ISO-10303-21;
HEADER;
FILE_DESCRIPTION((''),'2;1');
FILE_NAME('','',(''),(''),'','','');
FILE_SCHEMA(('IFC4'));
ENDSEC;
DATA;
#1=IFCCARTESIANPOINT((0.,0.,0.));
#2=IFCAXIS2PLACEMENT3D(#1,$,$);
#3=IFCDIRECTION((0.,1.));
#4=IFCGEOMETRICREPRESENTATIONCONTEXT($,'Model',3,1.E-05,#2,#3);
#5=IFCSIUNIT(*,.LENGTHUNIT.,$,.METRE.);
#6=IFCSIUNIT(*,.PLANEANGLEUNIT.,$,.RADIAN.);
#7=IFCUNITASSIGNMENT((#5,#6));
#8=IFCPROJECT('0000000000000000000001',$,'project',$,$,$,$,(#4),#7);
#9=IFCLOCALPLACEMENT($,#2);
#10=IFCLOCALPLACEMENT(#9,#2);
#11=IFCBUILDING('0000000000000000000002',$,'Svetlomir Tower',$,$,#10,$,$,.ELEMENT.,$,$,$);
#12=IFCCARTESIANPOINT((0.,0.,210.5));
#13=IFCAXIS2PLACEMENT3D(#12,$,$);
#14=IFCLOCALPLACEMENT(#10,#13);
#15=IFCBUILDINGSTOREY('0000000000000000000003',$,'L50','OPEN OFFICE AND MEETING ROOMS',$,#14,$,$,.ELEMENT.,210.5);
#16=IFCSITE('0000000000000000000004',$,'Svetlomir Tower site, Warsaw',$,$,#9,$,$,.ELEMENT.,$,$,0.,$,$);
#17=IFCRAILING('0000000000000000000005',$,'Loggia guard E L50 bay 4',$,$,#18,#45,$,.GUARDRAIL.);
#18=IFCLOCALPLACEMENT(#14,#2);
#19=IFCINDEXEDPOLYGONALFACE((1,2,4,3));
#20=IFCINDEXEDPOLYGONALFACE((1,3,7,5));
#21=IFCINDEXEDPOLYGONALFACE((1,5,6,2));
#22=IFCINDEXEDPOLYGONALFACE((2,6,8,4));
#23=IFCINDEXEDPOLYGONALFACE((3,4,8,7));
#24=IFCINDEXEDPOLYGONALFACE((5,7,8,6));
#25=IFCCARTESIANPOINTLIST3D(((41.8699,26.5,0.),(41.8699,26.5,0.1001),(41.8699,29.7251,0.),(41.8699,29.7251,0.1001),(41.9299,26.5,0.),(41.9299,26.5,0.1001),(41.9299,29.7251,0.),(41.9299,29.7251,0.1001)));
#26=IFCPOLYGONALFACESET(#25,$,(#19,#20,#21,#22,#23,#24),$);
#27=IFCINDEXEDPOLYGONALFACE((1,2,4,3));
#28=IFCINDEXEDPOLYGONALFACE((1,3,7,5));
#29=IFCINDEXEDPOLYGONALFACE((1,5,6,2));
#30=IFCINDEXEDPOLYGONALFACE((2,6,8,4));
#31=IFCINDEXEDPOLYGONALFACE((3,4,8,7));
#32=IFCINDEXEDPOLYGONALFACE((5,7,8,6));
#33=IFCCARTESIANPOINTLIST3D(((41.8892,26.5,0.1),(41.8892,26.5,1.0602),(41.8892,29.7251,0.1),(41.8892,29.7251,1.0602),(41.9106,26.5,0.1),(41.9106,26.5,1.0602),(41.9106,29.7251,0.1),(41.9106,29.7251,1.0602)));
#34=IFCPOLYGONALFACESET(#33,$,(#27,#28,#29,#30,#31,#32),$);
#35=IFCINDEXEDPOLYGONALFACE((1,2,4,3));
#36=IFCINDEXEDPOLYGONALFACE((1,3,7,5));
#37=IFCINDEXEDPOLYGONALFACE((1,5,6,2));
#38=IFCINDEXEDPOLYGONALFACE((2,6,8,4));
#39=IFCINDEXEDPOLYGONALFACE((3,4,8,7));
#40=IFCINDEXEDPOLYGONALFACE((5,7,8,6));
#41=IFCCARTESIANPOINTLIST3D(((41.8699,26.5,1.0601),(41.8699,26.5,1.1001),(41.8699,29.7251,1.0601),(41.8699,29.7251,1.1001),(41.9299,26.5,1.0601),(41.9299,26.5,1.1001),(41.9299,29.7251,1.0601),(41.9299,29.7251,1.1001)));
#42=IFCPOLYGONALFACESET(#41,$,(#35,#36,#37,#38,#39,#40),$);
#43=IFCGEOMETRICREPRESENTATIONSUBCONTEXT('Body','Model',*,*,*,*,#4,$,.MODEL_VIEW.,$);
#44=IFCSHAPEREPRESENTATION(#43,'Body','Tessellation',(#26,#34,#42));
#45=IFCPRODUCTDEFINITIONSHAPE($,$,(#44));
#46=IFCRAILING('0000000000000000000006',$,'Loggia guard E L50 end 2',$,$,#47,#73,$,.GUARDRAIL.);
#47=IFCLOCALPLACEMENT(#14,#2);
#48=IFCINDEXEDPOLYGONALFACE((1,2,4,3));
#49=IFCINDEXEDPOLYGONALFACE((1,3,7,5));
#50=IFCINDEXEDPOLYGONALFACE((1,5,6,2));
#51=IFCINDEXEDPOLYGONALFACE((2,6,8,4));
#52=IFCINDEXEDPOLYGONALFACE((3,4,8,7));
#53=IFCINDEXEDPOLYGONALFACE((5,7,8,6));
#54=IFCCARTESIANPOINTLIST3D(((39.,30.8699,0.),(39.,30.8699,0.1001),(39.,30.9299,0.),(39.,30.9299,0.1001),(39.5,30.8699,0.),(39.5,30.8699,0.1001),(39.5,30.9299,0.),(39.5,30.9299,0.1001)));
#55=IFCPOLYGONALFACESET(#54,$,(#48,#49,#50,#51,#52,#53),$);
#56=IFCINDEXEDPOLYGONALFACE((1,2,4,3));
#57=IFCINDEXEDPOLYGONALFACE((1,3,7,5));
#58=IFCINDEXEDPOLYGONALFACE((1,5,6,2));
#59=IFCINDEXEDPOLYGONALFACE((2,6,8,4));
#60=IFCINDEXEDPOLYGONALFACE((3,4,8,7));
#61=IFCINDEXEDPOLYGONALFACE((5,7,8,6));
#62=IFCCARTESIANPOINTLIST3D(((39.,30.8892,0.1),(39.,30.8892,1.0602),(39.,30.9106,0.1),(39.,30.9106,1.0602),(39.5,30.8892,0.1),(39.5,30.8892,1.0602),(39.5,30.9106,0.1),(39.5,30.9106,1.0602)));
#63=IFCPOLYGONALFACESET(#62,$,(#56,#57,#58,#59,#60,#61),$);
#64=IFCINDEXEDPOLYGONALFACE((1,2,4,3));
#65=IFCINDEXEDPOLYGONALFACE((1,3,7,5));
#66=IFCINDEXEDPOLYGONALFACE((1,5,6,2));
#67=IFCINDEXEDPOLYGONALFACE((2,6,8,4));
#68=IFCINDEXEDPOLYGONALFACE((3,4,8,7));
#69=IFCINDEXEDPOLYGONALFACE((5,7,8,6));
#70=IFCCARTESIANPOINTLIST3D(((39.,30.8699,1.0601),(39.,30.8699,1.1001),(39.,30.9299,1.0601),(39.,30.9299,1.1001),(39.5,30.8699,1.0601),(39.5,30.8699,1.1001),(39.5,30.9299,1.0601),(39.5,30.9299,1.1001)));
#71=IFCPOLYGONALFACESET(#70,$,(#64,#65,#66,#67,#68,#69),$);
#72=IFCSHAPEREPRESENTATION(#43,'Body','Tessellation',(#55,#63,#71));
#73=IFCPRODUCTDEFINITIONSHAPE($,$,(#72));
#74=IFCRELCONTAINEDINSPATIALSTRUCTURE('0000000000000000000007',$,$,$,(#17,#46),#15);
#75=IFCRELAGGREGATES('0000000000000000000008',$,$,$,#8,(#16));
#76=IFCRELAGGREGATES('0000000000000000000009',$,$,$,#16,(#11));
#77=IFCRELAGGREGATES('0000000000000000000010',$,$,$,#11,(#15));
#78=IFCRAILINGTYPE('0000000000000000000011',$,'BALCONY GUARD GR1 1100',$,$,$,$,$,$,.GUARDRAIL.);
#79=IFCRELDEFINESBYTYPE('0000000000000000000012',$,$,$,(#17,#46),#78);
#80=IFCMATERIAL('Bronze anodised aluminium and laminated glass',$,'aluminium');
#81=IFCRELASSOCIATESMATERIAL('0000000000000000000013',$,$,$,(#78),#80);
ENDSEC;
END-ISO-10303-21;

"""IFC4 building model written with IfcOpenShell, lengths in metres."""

from ifc_helpers import new_model, si_unit, direction, frame, origin, origin_2d, place, context, subcontext, project, spatial, rectangle, extrude, material, type_object, element, save


model = new_model("IFC4")

# Units and contexts
model_context = context("Model", 3, precision=1e-05, world=origin(), true_north=direction((0.0, 1.0)))
body_context = subcontext(model_context, "Body", "Model", "MODEL_VIEW")
ifc_project = project(units=[si_unit("LENGTHUNIT", "METRE"), si_unit("PLANEANGLEUNIT", "RADIAN")], contexts=[model_context])

# Site, building, storey
site_placement = place(None, origin())
site = spatial("IfcSite", under=ifc_project, at=site_placement, Name="Svetlomir Tower site, Warsaw", CompositionType="ELEMENT", RefElevation=0.0)
building_placement = place(site_placement, origin())
building = spatial("IfcBuilding", under=site, at=building_placement, Name="Svetlomir Tower", CompositionType="ELEMENT")
storey_placement = place(building_placement, frame((0.0, 0.0, 210.5)))
storey = spatial("IfcBuildingStorey", under=building, at=storey_placement, Name="L50", Description="OPEN OFFICE AND MEETING ROOMS", CompositionType="ELEMENT", Elevation=210.5)

# Railings
ifc_material_1 = material(Name="Bronze anodised aluminium and laminated glass", Category="aluminium")
railing_type = type_object("IfcRailingType", Name="BALCONY GUARD GR1 1100", PredefinedType="GUARDRAIL", material=ifc_material_1)
for number, where, name in (
    (1, (41.8999, 26.5, 0.0), "Loggia guard E L50 bay 4"),
):
    element("IfcRailing", number, at=place(storey_placement, frame(where)), inside=storey, type_object=railing_type, Name=name, PredefinedType="GUARDRAIL", context=body_context, shape_type="SweptSolid", body=[
        extrude(rectangle(XDim=0.0601, YDim=0.1001, at=origin_2d()), frame((0.0, 0.0, 0.05), z_axis=(0.0, 1.0, 0.0), x_axis=(-1.0, 0.0, 0.0)), (0.0, 0.0, 1.0), 3.2251),
        extrude(rectangle(XDim=0.0215, YDim=0.9602, at=origin_2d()), frame((0.0, 0.0, 0.5801), z_axis=(0.0, 1.0, 0.0), x_axis=(-1.0, 0.0, 0.0)), (0.0, 0.0, 1.0), 3.2251),
        extrude(rectangle(XDim=0.0601, YDim=0.04, at=origin_2d()), frame((0.0, 0.0, 1.0801), z_axis=(0.0, 1.0, 0.0), x_axis=(-1.0, 0.0, 0.0)), (0.0, 0.0, 1.0), 3.2251),
    ])
railing_placement = place(storey_placement, frame((39.5, 30.8999, 0.0)))
element("IfcRailing", 2, at=railing_placement, inside=storey, type_object=railing_type, Name="Loggia guard E L50 end 2", PredefinedType="GUARDRAIL", context=body_context, shape_type="SweptSolid", body=[
    extrude(rectangle(XDim=0.0601, YDim=0.1001, at=origin_2d()), frame((0.0, 0.0, 0.05), z_axis=(-1.0, 0.0, 0.0), x_axis=(0.0, -1.0, 0.0)), (0.0, 0.0, 1.0), 0.5),
    extrude(rectangle(XDim=0.0215, YDim=0.9602, at=origin_2d()), frame((0.0, 0.0, 0.5801), z_axis=(-1.0, 0.0, 0.0), x_axis=(0.0, -1.0, 0.0)), (0.0, 0.0, 1.0), 0.5),
    extrude(rectangle(XDim=0.0601, YDim=0.04, at=origin_2d()), frame((0.0, 0.0, 1.0801), z_axis=(-1.0, 0.0, 0.0), x_axis=(0.0, -1.0, 0.0)), (0.0, 0.0, 1.0), 0.5),
])

save(model, "model.ifc")
